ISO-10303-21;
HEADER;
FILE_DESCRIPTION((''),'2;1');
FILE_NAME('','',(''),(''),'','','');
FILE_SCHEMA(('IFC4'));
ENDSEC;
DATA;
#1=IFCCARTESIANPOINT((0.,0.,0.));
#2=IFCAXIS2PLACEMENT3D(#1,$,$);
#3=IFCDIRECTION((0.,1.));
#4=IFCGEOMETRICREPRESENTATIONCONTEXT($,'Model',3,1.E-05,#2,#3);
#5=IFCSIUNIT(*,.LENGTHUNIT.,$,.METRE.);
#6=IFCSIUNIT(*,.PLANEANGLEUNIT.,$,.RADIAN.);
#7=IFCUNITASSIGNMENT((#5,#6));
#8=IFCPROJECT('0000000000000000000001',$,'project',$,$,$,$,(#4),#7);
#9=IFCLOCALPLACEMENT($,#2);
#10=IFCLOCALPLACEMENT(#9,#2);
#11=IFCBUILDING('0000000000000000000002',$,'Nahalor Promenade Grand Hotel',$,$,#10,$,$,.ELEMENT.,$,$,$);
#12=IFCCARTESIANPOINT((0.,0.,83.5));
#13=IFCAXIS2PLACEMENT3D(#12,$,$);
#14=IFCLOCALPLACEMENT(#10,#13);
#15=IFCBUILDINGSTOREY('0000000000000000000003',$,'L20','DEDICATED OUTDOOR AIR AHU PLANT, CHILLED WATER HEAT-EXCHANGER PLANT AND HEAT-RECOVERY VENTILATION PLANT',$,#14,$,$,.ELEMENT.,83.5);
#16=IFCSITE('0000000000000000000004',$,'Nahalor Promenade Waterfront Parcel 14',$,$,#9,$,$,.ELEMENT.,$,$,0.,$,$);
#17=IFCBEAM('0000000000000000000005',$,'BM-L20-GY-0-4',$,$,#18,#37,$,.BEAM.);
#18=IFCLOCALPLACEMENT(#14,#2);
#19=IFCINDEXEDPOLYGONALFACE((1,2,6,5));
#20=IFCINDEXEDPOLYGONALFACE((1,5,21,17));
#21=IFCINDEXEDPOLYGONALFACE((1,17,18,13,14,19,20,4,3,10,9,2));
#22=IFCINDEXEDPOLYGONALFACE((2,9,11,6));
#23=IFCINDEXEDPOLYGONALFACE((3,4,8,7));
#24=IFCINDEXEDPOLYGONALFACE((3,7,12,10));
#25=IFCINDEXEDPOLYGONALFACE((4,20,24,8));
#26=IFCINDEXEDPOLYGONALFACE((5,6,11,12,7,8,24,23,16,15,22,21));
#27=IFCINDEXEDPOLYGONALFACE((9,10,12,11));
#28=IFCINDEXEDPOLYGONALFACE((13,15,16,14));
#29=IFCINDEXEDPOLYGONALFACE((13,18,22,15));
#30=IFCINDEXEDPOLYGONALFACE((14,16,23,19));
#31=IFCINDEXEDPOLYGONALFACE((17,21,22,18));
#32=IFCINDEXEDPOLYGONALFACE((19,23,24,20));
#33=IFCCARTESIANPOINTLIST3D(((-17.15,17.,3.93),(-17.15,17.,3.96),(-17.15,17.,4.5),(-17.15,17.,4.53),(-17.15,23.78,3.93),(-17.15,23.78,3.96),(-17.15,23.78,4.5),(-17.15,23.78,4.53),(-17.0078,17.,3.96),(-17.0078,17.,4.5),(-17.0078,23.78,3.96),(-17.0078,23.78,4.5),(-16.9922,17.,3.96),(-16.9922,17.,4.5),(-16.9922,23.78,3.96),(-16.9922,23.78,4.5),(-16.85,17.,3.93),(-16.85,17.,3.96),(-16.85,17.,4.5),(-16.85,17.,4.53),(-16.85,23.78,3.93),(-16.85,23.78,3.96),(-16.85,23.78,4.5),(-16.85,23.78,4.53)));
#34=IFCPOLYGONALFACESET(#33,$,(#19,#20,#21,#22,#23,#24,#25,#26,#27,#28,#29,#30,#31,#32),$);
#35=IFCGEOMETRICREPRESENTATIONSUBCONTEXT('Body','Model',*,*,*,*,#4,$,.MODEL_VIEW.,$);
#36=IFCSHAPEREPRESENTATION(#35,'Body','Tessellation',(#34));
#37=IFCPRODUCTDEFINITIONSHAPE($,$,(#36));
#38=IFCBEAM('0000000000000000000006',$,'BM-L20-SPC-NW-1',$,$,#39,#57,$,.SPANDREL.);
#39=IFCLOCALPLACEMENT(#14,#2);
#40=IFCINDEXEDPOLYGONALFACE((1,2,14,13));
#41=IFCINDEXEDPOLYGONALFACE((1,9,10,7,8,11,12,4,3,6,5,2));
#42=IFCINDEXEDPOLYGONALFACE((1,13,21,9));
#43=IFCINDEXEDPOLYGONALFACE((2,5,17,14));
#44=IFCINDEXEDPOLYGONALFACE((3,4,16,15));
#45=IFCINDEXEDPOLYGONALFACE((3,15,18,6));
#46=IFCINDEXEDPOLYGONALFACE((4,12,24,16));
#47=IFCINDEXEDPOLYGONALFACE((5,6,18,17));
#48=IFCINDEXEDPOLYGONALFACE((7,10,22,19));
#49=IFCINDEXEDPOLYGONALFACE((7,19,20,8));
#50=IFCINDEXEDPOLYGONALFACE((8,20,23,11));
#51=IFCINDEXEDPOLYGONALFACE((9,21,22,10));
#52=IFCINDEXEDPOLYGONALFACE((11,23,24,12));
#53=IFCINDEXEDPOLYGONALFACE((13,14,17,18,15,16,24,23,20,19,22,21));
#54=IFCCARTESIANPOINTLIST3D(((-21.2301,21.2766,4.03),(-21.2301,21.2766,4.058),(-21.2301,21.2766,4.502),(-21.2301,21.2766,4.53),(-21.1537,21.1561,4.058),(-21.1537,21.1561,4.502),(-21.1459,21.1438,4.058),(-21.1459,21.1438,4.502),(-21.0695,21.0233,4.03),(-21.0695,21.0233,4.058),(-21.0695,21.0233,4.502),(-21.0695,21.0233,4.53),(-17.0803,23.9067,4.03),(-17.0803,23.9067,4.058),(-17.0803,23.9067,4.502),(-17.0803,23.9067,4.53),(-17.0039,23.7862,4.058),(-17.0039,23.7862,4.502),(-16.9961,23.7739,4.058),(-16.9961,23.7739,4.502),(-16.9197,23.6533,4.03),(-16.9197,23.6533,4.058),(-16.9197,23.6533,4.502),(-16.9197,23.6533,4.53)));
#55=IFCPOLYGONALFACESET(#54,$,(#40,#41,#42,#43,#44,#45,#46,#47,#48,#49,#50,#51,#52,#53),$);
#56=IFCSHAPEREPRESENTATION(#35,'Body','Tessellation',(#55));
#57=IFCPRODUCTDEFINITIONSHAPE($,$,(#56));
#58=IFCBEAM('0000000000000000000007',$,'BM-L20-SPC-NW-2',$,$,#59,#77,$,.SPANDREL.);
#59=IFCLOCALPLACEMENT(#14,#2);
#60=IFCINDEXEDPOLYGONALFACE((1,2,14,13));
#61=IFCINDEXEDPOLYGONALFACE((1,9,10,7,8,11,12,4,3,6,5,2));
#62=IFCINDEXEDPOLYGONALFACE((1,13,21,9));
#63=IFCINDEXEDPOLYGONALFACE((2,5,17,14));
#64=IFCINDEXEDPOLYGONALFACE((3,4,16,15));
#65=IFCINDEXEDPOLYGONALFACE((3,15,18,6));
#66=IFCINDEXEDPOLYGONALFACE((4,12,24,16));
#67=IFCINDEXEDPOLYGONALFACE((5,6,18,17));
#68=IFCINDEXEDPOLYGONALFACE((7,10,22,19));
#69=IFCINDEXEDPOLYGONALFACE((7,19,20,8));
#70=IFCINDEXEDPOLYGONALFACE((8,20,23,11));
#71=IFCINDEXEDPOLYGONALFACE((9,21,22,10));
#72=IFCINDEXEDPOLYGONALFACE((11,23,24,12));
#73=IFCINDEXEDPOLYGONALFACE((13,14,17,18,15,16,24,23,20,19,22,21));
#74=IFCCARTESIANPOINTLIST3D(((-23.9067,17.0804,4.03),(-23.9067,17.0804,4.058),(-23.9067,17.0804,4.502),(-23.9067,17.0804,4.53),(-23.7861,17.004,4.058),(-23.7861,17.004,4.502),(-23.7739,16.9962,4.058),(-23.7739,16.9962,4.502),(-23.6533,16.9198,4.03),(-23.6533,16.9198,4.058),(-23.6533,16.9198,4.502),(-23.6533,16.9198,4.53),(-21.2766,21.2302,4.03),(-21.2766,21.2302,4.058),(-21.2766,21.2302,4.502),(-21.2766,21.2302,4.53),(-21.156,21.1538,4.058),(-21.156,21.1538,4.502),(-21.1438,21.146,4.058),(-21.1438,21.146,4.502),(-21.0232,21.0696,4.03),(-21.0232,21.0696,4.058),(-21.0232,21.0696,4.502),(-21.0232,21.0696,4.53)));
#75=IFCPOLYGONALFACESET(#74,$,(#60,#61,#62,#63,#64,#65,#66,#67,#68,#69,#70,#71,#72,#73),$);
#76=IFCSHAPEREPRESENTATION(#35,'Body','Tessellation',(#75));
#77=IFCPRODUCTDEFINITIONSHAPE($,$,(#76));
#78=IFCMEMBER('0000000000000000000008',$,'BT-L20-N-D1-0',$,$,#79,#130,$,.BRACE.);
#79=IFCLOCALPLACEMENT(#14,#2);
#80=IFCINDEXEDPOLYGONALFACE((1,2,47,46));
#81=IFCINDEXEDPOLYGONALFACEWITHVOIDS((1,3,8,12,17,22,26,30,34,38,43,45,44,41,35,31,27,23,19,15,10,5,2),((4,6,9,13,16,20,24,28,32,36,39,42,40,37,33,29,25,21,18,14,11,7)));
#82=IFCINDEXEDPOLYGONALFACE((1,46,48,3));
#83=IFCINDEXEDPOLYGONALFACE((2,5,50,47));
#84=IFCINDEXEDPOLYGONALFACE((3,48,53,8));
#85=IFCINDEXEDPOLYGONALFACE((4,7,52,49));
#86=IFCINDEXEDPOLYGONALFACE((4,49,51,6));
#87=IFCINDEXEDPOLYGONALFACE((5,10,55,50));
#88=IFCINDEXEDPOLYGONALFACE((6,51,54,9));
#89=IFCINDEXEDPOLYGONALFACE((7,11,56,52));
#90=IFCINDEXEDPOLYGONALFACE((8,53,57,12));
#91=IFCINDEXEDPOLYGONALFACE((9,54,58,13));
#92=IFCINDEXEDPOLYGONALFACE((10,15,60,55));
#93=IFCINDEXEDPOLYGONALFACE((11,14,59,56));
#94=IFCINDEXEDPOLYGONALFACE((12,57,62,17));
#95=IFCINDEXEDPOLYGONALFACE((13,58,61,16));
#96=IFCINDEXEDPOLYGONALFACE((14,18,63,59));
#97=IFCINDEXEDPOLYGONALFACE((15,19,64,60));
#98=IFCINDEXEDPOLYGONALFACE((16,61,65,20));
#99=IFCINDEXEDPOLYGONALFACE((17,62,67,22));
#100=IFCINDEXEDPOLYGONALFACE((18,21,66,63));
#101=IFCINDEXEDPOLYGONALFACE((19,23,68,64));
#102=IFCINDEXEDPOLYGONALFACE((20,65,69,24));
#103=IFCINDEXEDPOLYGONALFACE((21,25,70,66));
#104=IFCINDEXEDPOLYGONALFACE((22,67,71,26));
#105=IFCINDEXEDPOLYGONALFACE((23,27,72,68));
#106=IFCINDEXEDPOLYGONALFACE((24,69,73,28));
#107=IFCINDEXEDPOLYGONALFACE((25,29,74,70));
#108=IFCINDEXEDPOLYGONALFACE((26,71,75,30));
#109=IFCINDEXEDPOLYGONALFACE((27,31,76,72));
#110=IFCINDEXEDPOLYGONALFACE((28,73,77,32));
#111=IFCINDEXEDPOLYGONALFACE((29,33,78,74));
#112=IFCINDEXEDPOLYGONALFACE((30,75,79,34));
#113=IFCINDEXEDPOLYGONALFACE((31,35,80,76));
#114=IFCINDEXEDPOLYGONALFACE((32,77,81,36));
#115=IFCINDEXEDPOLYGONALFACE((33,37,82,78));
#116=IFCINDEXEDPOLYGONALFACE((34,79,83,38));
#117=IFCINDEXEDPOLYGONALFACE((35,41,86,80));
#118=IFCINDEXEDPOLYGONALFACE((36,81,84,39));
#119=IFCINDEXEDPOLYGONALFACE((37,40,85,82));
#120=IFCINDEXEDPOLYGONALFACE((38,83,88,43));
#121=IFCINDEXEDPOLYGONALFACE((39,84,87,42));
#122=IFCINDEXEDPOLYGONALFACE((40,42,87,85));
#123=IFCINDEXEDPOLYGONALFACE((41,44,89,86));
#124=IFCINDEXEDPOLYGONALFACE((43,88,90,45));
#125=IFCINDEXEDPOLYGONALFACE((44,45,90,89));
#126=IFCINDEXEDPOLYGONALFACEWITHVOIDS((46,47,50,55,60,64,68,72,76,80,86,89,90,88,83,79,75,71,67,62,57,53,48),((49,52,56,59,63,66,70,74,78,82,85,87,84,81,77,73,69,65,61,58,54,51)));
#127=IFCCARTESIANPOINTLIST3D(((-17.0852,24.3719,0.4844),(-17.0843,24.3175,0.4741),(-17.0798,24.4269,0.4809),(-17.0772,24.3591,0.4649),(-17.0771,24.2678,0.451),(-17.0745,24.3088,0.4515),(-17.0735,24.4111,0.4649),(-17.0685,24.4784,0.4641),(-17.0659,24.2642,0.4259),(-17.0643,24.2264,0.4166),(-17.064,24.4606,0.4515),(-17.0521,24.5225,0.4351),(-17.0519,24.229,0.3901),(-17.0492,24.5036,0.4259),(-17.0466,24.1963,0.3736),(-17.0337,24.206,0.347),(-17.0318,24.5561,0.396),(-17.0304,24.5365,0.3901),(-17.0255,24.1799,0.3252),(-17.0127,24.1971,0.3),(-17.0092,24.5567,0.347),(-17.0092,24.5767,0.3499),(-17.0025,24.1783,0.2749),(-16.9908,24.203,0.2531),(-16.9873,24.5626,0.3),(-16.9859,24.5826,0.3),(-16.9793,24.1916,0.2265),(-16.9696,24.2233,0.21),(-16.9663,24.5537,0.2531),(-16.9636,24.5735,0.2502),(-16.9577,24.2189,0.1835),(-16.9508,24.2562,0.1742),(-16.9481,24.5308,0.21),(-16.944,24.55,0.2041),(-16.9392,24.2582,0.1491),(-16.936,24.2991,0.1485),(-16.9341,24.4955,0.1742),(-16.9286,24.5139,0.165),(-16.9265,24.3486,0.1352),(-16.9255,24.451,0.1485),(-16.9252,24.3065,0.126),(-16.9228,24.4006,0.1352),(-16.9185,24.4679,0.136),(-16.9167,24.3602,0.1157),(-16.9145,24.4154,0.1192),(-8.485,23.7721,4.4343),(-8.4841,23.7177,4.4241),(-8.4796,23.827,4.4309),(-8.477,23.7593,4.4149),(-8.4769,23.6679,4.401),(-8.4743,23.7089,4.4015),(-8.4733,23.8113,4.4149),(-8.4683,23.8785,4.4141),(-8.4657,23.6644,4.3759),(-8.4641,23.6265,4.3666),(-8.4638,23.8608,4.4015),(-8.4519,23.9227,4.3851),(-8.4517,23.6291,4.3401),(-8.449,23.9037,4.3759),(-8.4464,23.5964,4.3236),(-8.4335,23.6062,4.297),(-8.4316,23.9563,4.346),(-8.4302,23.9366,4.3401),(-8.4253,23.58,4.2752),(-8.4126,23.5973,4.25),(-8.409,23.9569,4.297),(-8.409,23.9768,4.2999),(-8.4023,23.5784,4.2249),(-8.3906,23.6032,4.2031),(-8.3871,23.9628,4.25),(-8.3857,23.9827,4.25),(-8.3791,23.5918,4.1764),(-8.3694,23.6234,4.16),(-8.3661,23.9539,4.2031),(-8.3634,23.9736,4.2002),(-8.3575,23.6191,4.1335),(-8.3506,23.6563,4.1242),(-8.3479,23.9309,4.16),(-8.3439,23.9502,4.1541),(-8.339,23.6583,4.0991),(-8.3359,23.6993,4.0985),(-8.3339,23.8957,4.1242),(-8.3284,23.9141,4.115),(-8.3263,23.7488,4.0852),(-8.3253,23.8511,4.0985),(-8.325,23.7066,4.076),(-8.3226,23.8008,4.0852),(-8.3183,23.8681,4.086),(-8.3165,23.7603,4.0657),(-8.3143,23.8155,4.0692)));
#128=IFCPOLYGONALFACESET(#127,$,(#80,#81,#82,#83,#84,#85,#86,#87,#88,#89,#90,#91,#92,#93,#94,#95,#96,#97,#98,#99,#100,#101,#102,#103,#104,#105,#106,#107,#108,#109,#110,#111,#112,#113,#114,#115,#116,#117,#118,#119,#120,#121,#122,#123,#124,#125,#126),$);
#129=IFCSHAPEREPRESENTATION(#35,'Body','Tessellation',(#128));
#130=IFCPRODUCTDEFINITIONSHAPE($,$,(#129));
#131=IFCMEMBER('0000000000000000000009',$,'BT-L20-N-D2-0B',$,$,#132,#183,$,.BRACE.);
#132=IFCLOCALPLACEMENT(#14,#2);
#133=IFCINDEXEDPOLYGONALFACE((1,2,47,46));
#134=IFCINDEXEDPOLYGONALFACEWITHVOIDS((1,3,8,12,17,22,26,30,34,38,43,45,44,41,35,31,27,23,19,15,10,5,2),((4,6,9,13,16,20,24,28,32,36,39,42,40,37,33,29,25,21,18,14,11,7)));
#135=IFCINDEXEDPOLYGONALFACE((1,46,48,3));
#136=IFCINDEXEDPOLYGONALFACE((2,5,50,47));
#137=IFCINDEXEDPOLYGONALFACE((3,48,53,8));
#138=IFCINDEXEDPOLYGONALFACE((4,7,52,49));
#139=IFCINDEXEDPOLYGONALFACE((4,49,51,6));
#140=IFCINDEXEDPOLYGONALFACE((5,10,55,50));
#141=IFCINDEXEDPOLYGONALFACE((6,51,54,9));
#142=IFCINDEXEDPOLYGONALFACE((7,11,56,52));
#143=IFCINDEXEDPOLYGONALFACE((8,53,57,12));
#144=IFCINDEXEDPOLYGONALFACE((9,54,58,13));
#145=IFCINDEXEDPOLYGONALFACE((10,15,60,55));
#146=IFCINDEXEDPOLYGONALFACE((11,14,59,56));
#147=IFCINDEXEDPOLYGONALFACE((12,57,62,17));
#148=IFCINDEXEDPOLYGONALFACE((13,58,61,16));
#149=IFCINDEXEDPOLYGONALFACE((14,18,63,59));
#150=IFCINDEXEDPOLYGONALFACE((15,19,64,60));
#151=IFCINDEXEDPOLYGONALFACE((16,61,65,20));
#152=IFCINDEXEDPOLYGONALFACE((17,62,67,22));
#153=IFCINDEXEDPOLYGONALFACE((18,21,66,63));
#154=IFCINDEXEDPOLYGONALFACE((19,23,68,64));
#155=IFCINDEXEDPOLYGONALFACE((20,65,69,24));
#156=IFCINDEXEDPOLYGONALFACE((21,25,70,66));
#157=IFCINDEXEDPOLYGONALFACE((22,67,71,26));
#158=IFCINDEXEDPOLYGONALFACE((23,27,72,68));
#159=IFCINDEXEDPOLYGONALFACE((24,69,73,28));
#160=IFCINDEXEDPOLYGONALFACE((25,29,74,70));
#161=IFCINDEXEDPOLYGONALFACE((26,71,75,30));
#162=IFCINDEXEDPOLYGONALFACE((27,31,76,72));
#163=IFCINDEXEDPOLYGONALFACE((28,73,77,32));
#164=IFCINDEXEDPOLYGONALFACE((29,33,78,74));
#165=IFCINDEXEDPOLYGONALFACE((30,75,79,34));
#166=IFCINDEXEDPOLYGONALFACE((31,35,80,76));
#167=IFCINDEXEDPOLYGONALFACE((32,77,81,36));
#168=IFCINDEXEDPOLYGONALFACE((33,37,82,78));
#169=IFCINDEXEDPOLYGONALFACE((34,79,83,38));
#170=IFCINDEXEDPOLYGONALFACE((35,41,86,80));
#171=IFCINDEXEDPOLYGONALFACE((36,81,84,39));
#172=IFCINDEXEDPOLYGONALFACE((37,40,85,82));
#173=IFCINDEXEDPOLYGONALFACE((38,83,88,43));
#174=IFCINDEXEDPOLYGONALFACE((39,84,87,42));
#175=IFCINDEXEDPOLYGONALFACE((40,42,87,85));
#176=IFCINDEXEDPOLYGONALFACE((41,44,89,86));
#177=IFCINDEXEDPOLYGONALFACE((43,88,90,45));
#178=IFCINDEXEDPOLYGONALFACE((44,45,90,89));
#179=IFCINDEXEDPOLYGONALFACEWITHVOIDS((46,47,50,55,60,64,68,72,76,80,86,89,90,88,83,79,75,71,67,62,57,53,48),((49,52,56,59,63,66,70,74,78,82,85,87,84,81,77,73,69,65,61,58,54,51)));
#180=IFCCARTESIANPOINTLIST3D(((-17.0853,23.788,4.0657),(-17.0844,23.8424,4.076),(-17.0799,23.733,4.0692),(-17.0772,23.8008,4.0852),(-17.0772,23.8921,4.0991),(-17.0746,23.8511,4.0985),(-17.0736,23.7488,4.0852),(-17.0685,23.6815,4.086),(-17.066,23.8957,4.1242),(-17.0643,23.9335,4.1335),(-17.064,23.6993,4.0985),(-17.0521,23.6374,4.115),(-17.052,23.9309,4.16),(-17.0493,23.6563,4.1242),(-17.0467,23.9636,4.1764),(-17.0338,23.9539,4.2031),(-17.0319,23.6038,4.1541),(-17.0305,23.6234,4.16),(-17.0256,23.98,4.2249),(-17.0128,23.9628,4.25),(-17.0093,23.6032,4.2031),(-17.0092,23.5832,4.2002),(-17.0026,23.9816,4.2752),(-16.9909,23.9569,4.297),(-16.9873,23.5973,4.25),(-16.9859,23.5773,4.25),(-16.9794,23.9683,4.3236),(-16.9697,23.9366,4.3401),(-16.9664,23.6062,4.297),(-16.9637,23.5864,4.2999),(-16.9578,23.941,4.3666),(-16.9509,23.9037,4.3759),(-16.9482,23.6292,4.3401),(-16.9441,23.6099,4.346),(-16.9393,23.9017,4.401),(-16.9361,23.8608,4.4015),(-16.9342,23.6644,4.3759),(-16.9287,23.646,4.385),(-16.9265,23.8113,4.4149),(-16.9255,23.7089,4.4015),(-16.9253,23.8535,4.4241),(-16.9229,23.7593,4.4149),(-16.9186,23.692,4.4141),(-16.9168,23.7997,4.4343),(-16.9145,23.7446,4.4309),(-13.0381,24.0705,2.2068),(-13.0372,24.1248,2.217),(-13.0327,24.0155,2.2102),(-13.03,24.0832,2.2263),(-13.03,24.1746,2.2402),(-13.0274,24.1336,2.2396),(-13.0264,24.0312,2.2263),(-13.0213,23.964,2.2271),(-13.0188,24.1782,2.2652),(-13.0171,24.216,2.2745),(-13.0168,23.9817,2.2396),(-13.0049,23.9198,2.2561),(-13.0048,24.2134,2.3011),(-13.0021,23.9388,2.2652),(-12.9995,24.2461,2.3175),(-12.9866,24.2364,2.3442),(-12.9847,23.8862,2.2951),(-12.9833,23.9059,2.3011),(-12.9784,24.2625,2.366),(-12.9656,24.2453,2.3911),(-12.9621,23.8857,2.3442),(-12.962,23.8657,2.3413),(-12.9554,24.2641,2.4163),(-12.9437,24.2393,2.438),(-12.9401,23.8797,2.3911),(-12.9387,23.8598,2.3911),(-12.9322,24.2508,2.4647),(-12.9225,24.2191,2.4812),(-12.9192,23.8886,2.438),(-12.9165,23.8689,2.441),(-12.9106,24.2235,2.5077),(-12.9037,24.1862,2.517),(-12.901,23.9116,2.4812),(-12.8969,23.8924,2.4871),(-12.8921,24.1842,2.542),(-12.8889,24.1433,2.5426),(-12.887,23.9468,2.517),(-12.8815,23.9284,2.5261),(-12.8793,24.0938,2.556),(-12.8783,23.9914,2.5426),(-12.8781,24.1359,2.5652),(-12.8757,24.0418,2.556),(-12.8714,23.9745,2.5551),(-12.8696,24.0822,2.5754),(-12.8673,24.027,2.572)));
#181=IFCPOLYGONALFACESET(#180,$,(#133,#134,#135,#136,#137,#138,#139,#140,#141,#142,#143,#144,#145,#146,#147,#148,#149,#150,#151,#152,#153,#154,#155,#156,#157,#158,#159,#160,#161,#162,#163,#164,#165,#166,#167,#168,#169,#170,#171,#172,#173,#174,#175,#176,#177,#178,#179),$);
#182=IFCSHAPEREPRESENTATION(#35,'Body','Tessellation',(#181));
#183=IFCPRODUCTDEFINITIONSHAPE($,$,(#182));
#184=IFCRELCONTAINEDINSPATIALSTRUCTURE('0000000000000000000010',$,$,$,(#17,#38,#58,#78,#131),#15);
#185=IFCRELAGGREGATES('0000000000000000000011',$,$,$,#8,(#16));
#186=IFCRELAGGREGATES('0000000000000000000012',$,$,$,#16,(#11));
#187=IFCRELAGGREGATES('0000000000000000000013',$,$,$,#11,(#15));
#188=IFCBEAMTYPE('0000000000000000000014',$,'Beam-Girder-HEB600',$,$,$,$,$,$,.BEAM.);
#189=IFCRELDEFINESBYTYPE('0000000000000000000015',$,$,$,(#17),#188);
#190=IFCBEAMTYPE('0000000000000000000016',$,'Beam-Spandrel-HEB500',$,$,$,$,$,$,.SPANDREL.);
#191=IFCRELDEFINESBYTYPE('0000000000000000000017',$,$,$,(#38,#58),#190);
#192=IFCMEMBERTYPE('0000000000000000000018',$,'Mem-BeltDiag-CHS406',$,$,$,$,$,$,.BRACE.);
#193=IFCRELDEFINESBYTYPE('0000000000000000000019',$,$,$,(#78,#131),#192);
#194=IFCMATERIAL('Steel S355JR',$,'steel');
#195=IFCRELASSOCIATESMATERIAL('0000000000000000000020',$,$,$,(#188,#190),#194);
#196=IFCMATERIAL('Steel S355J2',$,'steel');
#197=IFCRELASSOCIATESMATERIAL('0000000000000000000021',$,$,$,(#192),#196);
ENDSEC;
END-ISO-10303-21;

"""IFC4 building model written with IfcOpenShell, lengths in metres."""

from ifc_helpers import new_model, si_unit, direction, frame, origin, origin_2d, place, context, subcontext, project, spatial, hollow_circle, i_section, extrude, source, transform, mapped, material, material_profile, profile_set, type_object, element, save


model = new_model("IFC4")

# Units and contexts
model_context = context("Model", 3, precision=1e-05, world=origin(), true_north=direction((0.0, 1.0)))
body_context = subcontext(model_context, "Body", "Model", "MODEL_VIEW")
ifc_project = project(units=[si_unit("LENGTHUNIT", "METRE"), si_unit("PLANEANGLEUNIT", "RADIAN")], contexts=[model_context])

# Site, building, storey
site_placement = place(None, origin())
site = spatial("IfcSite", under=ifc_project, at=site_placement, Name="Nahalor Promenade Waterfront Parcel 14", CompositionType="ELEMENT", RefElevation=0.0)
building_placement = place(site_placement, origin())
building = spatial("IfcBuilding", under=site, at=building_placement, Name="Nahalor Promenade Grand Hotel", CompositionType="ELEMENT")
storey_placement = place(building_placement, frame((0.0, 0.0, 83.5)))
storey = spatial("IfcBuildingStorey", under=building, at=storey_placement, Name="L20", Description="DEDICATED OUTDOOR AIR AHU PLANT, CHILLED WATER HEAT-EXCHANGER PLANT AND HEAT-RECOVERY VENTILATION PLANT", CompositionType="ELEMENT", Elevation=83.5)

# Shared definitions
ifc_material_1 = material(Name="Steel S355J2", Category="steel")

# Beams
ifc_material_2 = material(Name="Steel S355JR", Category="steel")
ifc_material_profile_1 = material_profile(ifc_material_2, i_section(OverallWidth=0.3, OverallDepth=0.6, WebThickness=0.0155, FlangeThickness=0.03, at=origin_2d()), Name="HEB 600")
ifc_profile_set_1 = profile_set([ifc_material_profile_1], Name="Steel S355JR")
beam_type_1 = type_object("IfcBeamType", Name="Beam-Girder-HEB600", PredefinedType="BEAM", material=ifc_profile_set_1)
ifc_material_profile_2 = material_profile(ifc_material_2, i_section(OverallWidth=0.3, OverallDepth=0.5, WebThickness=0.0145, FlangeThickness=0.028, at=origin_2d()), Name="HEB 500")
ifc_profile_set_2 = profile_set([ifc_material_profile_2], Name="Steel S355JR")
beam_type_2 = type_object("IfcBeamType", Name="Beam-Spandrel-HEB500", PredefinedType="SPANDREL", material=ifc_profile_set_2)
shared_shape_1 = source(origin(), body_context, "Body", "SweptSolid", [
    extrude(i_section(OverallWidth=0.3, OverallDepth=0.6, WebThickness=0.0155, FlangeThickness=0.03, at=origin_2d()), origin(), (0.0, 0.0, 1.0), 6.78),
])
for number, where, z_axis, x_axis, name in (
    (1, (-17.0, 17.0, 4.23), (0.0, 1.0, 0.0), (-1.0, 0.0, 0.0), "BM-L20-GY-0-4"),
):
    element("IfcBeam", number, at=place(storey_placement, frame(where, z_axis=z_axis, x_axis=x_axis)), inside=storey, type_object=beam_type_1, Name=name, PredefinedType="BEAM", context=body_context, shape_type="MappedRepresentation", body=[
        mapped(shared_shape_1, transform((0.0, 0.0, 0.0), scale=1.0)),
    ])
shared_shape_2 = source(origin(), body_context, "Body", "SweptSolid", [
    extrude(i_section(OverallWidth=0.3, OverallDepth=0.5, WebThickness=0.0145, FlangeThickness=0.028, at=origin_2d()), origin(), (0.0, 0.0, 1.0), 4.9131),
])
for number, where, z_axis, x_axis, name in (
    (2, (-17.0, 23.78, 4.28), (-0.844648, -0.535322, 0.0), (0.535322, -0.844648, 0.0), "BM-L20-SPC-NW-1"),
    (3, (-21.1499, 21.1499, 4.28), (-0.535322, -0.844648, 0.0), (0.844648, -0.535322, 0.0), "BM-L20-SPC-NW-2"),
):
    element("IfcBeam", number, at=place(storey_placement, frame(where, z_axis=z_axis, x_axis=x_axis)), inside=storey, type_object=beam_type_2, Name=name, PredefinedType="SPANDREL", context=body_context, shape_type="MappedRepresentation", body=[
        mapped(shared_shape_2, transform((0.0, 0.0, 0.0), scale=1.0)),
    ])

# Members
ifc_material_profile_3 = material_profile(ifc_material_1, hollow_circle(Radius=0.2032, WallThickness=0.02, at=origin_2d()), Name="CHS 406.4x20")
ifc_profile_set_3 = profile_set([ifc_material_profile_3], Name="Steel S355J2")
member_type = type_object("IfcMemberType", Name="Mem-BeltDiag-CHS406", PredefinedType="BRACE", material=ifc_profile_set_3)
shared_shape_3 = source(origin(), body_context, "Body", "SweptSolid", [
    extrude(hollow_circle(Radius=0.2032, WallThickness=0.02, at=origin_2d()), origin(), (0.0, 0.0, 1.0), 9.4829),
])
member_1_placement = place(storey_placement, frame((-17.0, 24.3799, 0.3), z_axis=(0.906915, -0.063257, 0.416538), x_axis=(0.069581, 0.997576, 0.0)))
element("IfcMember", 4, at=member_1_placement, inside=storey, type_object=member_type, Name="BT-L20-N-D1-0", PredefinedType="BRACE", context=body_context, shape_type="MappedRepresentation", body=[
    mapped(shared_shape_3, transform((0.0, 0.0, 0.0), scale=1.0)),
])
shared_shape_4 = source(origin(), body_context, "Body", "SweptSolid", [
    extrude(hollow_circle(Radius=0.2032, WallThickness=0.02, at=origin_2d()), origin(), (0.0, 0.0, 1.0), 4.4626),
])
member_2_placement = place(storey_placement, frame((-12.9529, 24.0625, 2.3911), z_axis=(-0.906906, -0.063298, 0.416552), x_axis=(0.069626, -0.997573, 0.0)))
element("IfcMember", 5, at=member_2_placement, inside=storey, type_object=member_type, Name="BT-L20-N-D2-0B", PredefinedType="BRACE", context=body_context, shape_type="MappedRepresentation", body=[
    mapped(shared_shape_4, transform((0.0, 0.0, 0.0), scale=1.0)),
])

save(model, "model.ifc")
